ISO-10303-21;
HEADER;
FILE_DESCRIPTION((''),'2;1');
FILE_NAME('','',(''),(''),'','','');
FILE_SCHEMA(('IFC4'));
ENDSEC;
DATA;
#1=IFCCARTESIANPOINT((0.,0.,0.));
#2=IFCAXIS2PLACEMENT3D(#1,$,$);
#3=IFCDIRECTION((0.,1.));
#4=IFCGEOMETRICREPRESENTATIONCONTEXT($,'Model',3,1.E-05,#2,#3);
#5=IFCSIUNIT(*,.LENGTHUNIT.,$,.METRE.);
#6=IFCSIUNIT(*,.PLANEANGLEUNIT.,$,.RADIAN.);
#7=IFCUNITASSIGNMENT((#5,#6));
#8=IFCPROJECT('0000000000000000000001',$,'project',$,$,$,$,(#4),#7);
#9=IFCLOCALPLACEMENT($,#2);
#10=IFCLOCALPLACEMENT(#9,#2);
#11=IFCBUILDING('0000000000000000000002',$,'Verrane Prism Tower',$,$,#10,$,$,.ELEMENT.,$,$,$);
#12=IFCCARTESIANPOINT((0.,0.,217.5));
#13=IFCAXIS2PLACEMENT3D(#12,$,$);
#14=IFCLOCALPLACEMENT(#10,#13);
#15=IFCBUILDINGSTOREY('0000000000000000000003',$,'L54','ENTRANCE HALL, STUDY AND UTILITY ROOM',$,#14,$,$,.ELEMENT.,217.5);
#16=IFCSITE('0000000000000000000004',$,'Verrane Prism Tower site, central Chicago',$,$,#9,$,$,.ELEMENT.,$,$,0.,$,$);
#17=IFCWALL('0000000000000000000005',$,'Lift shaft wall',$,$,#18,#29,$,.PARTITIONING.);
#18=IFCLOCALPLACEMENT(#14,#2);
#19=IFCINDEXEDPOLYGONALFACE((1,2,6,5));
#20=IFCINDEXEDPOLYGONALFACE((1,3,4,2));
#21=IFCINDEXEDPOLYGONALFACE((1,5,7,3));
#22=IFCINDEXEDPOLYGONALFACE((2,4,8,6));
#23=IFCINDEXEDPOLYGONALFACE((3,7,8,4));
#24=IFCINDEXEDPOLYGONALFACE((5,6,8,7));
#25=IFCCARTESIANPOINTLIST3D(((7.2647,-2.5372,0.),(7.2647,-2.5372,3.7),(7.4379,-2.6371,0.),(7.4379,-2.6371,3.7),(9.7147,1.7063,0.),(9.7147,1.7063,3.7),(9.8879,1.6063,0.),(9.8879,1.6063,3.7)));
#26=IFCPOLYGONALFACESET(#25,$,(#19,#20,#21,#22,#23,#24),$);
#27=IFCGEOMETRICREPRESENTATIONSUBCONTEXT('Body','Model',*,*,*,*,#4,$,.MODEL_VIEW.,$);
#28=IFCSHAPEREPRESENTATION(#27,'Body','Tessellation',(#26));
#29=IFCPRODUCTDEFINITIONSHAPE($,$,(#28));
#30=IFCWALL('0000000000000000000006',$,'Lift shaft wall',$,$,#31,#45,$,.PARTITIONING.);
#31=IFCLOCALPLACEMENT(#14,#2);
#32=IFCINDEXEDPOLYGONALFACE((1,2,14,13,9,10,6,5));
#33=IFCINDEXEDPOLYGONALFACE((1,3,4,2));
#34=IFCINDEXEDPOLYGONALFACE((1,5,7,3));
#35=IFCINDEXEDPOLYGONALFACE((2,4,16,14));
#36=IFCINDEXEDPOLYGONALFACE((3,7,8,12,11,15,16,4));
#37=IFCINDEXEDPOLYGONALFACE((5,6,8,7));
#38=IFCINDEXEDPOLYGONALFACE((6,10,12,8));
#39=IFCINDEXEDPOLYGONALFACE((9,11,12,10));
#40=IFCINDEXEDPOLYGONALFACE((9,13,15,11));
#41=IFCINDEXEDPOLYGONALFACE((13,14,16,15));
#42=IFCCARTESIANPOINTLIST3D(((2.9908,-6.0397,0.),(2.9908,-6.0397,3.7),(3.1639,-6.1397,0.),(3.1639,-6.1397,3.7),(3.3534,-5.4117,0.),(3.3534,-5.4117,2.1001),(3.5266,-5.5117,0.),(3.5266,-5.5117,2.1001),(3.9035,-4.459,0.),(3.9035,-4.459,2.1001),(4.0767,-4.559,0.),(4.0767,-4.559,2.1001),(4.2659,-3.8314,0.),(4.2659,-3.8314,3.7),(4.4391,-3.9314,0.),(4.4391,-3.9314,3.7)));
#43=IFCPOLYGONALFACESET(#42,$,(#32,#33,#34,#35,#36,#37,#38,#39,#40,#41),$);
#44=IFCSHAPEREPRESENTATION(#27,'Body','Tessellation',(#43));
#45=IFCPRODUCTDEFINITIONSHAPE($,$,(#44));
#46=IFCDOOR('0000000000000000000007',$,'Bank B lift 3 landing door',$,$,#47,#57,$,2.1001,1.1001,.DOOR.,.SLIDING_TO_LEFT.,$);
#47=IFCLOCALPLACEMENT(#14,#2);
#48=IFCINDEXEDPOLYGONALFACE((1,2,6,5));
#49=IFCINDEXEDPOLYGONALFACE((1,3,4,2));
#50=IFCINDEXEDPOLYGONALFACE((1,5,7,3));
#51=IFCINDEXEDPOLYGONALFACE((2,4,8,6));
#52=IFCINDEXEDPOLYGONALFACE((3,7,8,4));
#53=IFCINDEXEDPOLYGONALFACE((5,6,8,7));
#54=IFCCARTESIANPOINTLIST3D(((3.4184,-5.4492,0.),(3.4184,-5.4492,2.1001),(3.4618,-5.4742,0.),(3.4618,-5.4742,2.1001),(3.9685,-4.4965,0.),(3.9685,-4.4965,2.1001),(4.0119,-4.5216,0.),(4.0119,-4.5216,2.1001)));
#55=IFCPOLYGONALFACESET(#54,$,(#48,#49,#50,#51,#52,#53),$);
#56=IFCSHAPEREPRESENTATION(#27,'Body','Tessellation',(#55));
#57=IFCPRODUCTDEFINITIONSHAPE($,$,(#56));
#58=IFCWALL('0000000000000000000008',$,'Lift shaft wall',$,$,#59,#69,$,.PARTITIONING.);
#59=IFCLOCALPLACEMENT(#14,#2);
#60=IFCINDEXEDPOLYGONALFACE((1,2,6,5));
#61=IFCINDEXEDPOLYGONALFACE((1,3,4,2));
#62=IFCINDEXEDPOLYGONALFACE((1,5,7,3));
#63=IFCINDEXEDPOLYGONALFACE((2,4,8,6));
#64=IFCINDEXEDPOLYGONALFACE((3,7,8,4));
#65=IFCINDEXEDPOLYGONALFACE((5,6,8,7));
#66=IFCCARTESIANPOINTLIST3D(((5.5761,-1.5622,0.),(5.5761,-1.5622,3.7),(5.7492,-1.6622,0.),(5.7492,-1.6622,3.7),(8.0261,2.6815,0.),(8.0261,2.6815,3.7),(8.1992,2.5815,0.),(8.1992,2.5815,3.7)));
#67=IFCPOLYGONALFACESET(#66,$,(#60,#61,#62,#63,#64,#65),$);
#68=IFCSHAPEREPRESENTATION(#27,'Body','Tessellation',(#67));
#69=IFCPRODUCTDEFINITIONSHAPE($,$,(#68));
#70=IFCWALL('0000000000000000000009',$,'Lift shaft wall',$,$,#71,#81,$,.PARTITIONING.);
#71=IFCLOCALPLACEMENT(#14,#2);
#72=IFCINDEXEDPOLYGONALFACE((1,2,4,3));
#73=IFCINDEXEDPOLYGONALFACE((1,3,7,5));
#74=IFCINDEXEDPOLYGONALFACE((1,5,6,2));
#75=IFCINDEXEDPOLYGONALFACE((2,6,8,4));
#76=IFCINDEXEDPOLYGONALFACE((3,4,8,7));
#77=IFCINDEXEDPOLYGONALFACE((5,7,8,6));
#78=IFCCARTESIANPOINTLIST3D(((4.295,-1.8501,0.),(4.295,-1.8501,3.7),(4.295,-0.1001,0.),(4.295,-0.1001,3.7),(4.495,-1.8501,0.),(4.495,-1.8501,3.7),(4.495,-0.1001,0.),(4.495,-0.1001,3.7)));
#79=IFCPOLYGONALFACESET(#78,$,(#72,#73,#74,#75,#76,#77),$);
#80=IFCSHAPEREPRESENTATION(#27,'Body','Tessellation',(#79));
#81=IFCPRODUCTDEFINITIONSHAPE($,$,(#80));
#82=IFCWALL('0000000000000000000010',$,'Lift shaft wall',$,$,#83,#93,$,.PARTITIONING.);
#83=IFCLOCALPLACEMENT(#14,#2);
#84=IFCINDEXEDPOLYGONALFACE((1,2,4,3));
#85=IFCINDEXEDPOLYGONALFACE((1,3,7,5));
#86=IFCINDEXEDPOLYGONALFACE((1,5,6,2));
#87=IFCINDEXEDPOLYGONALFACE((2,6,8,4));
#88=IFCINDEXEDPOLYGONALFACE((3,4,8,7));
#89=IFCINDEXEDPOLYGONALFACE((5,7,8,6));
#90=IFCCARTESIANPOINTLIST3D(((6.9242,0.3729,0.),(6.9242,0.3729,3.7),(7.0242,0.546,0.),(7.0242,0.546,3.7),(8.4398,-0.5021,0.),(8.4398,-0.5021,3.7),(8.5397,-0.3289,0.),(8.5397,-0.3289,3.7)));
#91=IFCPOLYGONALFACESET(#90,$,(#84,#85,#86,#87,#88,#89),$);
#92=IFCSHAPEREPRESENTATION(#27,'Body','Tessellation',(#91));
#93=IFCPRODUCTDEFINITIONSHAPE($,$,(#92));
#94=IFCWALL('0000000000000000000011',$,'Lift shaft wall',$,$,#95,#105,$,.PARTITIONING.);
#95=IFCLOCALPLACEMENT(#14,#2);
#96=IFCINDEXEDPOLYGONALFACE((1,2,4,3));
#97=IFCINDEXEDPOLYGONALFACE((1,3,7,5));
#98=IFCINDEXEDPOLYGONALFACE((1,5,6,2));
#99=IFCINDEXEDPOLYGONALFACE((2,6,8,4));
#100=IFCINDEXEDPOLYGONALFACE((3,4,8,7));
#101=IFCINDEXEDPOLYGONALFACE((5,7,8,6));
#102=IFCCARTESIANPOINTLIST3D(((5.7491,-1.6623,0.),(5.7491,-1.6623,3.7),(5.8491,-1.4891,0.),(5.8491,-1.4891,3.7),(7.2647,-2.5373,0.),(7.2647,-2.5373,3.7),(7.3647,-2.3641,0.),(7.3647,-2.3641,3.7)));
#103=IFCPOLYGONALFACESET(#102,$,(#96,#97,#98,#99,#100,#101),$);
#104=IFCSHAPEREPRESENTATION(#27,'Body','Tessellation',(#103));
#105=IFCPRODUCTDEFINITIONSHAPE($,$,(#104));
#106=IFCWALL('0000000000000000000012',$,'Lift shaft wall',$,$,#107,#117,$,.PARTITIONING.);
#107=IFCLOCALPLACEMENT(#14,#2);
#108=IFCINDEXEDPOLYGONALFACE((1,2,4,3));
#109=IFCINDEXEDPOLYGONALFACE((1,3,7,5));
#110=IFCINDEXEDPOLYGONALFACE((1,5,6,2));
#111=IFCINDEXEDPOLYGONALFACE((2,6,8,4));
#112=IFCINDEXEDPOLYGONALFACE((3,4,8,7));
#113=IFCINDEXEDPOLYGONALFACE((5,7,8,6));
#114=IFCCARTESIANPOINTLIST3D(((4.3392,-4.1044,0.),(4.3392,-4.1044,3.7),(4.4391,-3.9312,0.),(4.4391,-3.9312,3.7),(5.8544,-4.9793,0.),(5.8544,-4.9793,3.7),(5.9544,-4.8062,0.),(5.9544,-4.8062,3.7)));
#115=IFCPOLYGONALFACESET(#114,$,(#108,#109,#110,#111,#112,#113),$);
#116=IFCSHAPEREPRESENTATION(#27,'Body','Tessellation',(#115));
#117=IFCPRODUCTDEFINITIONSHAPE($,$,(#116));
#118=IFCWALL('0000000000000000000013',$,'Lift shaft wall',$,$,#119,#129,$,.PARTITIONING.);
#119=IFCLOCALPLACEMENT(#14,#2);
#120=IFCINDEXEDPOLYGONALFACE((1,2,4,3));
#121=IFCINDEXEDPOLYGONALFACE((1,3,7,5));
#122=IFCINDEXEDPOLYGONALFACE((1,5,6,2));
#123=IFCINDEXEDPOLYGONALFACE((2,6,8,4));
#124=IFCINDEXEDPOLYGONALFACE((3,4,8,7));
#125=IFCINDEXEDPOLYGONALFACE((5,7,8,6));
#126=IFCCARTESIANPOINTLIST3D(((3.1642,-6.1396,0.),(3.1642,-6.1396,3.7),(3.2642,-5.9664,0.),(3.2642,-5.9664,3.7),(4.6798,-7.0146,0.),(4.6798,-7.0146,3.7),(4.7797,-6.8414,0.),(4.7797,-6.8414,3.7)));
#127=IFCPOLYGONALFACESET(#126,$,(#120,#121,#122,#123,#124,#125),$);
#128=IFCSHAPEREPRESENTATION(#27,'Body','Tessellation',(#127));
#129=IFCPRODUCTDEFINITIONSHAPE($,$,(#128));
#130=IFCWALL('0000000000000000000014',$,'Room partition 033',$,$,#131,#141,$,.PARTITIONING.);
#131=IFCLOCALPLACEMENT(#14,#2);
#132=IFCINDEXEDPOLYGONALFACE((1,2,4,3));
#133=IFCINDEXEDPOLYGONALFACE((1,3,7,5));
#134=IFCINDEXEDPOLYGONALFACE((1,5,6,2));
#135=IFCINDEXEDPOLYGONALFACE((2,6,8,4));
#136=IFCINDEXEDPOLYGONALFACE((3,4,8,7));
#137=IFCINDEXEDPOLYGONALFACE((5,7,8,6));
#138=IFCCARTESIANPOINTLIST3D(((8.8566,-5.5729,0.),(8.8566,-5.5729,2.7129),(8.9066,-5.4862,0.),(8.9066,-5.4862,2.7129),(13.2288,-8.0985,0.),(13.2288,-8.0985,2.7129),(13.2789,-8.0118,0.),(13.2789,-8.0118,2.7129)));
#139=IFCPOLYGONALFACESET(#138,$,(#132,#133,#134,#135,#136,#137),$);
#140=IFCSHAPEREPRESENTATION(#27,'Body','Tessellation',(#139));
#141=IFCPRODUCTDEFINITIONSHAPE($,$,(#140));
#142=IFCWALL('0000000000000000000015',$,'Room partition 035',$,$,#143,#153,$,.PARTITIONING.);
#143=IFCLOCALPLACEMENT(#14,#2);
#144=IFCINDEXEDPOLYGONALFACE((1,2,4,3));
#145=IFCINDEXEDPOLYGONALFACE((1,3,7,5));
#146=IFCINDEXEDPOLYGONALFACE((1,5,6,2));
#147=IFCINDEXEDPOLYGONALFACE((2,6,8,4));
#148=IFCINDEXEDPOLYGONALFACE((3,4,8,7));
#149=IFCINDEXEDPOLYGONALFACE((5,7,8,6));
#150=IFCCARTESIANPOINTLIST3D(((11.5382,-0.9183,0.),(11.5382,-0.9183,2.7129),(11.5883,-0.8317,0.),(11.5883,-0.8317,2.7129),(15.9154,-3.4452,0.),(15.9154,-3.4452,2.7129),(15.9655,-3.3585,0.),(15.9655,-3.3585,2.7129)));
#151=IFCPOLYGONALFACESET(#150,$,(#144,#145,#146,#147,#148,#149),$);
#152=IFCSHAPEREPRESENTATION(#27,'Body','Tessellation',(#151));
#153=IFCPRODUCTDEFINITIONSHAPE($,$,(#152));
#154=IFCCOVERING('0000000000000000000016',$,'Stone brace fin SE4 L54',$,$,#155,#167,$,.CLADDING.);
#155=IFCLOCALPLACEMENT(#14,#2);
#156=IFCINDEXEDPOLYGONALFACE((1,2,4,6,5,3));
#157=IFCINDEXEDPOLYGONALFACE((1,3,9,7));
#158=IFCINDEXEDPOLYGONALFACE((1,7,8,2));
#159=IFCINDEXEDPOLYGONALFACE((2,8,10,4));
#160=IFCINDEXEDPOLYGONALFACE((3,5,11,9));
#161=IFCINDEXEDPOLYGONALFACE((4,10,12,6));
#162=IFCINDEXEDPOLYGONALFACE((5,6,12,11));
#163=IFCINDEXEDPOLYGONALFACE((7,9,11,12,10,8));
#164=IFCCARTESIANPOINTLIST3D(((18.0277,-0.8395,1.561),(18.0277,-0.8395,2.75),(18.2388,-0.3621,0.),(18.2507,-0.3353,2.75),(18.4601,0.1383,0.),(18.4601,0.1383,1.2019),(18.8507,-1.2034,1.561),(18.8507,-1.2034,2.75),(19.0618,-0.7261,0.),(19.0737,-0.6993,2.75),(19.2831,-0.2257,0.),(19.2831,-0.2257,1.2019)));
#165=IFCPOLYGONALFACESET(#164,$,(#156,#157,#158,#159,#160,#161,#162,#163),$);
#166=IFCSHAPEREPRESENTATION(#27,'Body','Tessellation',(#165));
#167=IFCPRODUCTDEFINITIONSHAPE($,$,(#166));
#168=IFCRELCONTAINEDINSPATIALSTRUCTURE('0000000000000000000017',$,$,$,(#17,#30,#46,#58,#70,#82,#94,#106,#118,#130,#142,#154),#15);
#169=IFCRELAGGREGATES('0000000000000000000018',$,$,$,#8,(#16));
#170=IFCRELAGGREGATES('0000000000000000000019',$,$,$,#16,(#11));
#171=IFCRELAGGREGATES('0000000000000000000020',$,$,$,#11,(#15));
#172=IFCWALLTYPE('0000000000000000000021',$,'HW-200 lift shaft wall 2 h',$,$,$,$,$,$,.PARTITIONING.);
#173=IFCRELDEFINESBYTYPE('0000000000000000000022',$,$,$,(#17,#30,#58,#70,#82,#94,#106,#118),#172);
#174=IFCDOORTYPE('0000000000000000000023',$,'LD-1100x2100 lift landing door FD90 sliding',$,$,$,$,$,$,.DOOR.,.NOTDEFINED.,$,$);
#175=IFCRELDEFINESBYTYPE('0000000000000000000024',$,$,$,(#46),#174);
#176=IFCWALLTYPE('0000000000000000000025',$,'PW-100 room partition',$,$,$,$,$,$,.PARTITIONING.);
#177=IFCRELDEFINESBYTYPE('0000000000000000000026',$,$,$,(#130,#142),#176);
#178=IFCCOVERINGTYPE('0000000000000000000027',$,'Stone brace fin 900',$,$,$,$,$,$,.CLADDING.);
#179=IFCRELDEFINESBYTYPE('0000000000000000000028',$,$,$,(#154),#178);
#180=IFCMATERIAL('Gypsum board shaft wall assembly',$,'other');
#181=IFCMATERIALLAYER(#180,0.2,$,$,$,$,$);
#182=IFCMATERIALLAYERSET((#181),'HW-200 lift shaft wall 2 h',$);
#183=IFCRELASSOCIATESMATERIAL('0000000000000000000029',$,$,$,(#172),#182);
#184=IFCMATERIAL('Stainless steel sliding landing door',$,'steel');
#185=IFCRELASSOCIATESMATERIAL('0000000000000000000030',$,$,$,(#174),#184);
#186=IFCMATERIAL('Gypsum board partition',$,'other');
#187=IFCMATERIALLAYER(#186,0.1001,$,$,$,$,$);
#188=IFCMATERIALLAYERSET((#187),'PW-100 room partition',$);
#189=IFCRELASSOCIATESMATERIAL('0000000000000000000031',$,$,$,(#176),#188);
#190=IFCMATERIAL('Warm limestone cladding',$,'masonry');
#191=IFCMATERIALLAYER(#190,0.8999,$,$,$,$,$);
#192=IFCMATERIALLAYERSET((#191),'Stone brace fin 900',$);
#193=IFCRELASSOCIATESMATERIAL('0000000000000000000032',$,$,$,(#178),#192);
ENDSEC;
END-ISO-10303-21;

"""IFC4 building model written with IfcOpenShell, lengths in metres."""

from ifc_helpers import new_model, si_unit, direction, frame, frame_2d, origin, place, context, subcontext, project, spatial, polyline, rectangle, outline, extrude, material, layer, layer_set, type_object, element, fill, save


model = new_model("IFC4")

# Units and contexts
model_context = context("Model", 3, precision=1e-05, world=origin(), true_north=direction((0.0, 1.0)))
body_context = subcontext(model_context, "Body", "Model", "MODEL_VIEW")
ifc_project = project(units=[si_unit("LENGTHUNIT", "METRE"), si_unit("PLANEANGLEUNIT", "RADIAN")], contexts=[model_context])

# Site, building, storey
site_placement = place(None, origin())
site = spatial("IfcSite", under=ifc_project, at=site_placement, Name="Verrane Prism Tower site, central Chicago", CompositionType="ELEMENT", RefElevation=0.0)
building_placement = place(site_placement, origin())
building = spatial("IfcBuilding", under=site, at=building_placement, Name="Verrane Prism Tower", CompositionType="ELEMENT")
storey_placement = place(building_placement, frame((0.0, 0.0, 217.5)))
storey = spatial("IfcBuildingStorey", under=building, at=storey_placement, Name="L54", Description="ENTRANCE HALL, STUDY AND UTILITY ROOM", CompositionType="ELEMENT", Elevation=217.5)

# Wall
ifc_material_1 = material(Name="Gypsum board shaft wall assembly", Category="other")
ifc_layer_1 = layer(ifc_material_1, 0.2)
ifc_layer_set_1 = layer_set([ifc_layer_1], Name="HW-200 lift shaft wall 2 h")
wall_type_1 = type_object("IfcWallType", Name="HW-200 lift shaft wall 2 h", PredefinedType="PARTITIONING", material=ifc_layer_set_1)
wall_1_placement = place(storey_placement, frame((7.3513, -2.5872, 0.0), z_axis=(0.0, 0.0, 1.0), x_axis=(0.500003, 0.866024, 0.0)))
element("IfcWall", 1, at=wall_1_placement, inside=storey, type_object=wall_type_1, Name="Lift shaft wall", PredefinedType="PARTITIONING", context=body_context, shape_type="SweptSolid", body=[
    extrude(rectangle(XDim=4.8999, YDim=0.2, at=frame_2d((2.45, 0.0))), origin(), (0.0, 0.0, 1.0), 3.7),
])

# Wall, opening, door
wall_2_placement = place(storey_placement, frame((3.0774, -6.0896, 0.0), z_axis=(0.0, 0.0, 1.0), x_axis=(0.500062, 0.865989, 0.0)))
wall_2 = element("IfcWall", 2, at=wall_2_placement, inside=storey, type_object=wall_type_1, Name="Lift shaft wall", PredefinedType="PARTITIONING", context=body_context, shape_type="SweptSolid", body=[
    extrude(rectangle(XDim=2.55, YDim=0.2, at=frame_2d((1.2749, 0.0))), origin(), (0.0, 0.0, 1.0), 3.7),
])
opening_placement = place(wall_2_placement, frame((0.7251, 0.0, 0.0)))
opening = element("IfcOpeningElement", 3, at=opening_placement, cuts=wall_2, PredefinedType="OPENING", context=body_context, shape_type="SweptSolid", body=[
    extrude(rectangle(XDim=1.1001, YDim=2.1001, at=frame_2d((0.55, 1.05))), frame((0.0, 0.1099, 0.0), z_axis=(0.0, -1.0, 0.0), x_axis=(1.0, 0.0, 0.0)), (0.0, 0.0, 1.0), 0.22),
])
ifc_material_2 = material(Name="Stainless steel sliding landing door", Category="steel")
door_type = type_object("IfcDoorType", Name="LD-1100x2100 lift landing door FD90 sliding", OperationType="NOTDEFINED", PredefinedType="DOOR", material=ifc_material_2)
door_placement = place(opening_placement, origin())
door = element("IfcDoor", 4, at=door_placement, inside=storey, type_object=door_type, Name="Bank B lift 3 landing door", OperationType="SLIDING_TO_LEFT", OverallHeight=2.1001, OverallWidth=1.1001, PredefinedType="DOOR", context=body_context, shape_type="SweptSolid", body=[
    extrude(rectangle(XDim=1.1001, YDim=2.1001, at=frame_2d((0.55, 1.05))), frame((0.0, 0.0249, 0.0), z_axis=(0.0, -1.0, 0.0), x_axis=(1.0, 0.0, 0.0)), (0.0, 0.0, 1.0), 0.05),
])
fill(opening, door)

# Walls
wall_3_placement = place(storey_placement, frame((5.6626, -1.6123, 0.0), z_axis=(0.0, 0.0, 1.0), x_axis=(0.499981, 0.866036, 0.0)))
element("IfcWall", 5, at=wall_3_placement, inside=storey, type_object=wall_type_1, Name="Lift shaft wall", PredefinedType="PARTITIONING", context=body_context, shape_type="SweptSolid", body=[
    extrude(rectangle(XDim=4.9001, YDim=0.2, at=frame_2d((2.4502, 0.0))), origin(), (0.0, 0.0, 1.0), 3.7),
])
for number, where, z_axis, x_axis, name in (
    (6, (4.395, -1.8501, 0.0), (0.0, 0.0, 1.0), (0.0, 1.0, 0.0), "Lift shaft wall"),
    (7, (8.4897, -0.4155, 0.0), (0.0, 0.0, 1.0), (-0.866037, 0.49998, 0.0), "Lift shaft wall"),
    (8, (7.3147, -2.4507, 0.0), (0.0, 0.0, 1.0), (-0.866037, 0.49998, 0.0), "Lift shaft wall"),
):
    element("IfcWall", number, at=place(storey_placement, frame(where, z_axis=z_axis, x_axis=x_axis)), inside=storey, type_object=wall_type_1, Name=name, PredefinedType="PARTITIONING", context=body_context, shape_type="SweptSolid", body=[
        extrude(rectangle(XDim=1.75, YDim=0.2, at=frame_2d((0.875, 0.0))), origin(), (0.0, 0.0, 1.0), 3.7),
    ])
wall_4_placement = place(storey_placement, frame((5.9045, -4.8928, 0.0), z_axis=(0.0, 0.0, 1.0), x_axis=(-0.866002, 0.50004, 0.0)))
element("IfcWall", 9, at=wall_4_placement, inside=storey, type_object=wall_type_1, Name="Lift shaft wall", PredefinedType="PARTITIONING", context=body_context, shape_type="SweptSolid", body=[
    extrude(rectangle(XDim=1.7498, YDim=0.2, at=frame_2d((0.875, 0.0))), origin(), (0.0, 0.0, 1.0), 3.7),
])
wall_5_placement = place(storey_placement, frame((4.7297, -6.928, 0.0), z_axis=(0.0, 0.0, 1.0), x_axis=(-0.866037, 0.49998, 0.0)))
element("IfcWall", 10, at=wall_5_placement, inside=storey, type_object=wall_type_1, Name="Lift shaft wall", PredefinedType="PARTITIONING", context=body_context, shape_type="SweptSolid", body=[
    extrude(rectangle(XDim=1.75, YDim=0.2, at=frame_2d((0.875, 0.0))), origin(), (0.0, 0.0, 1.0), 3.7),
])
ifc_material_3 = material(Name="Gypsum board partition", Category="other")
ifc_layer_2 = layer(ifc_material_3, 0.1001)
ifc_layer_set_2 = layer_set([ifc_layer_2], Name="PW-100 room partition")
wall_type_2 = type_object("IfcWallType", Name="PW-100 room partition", PredefinedType="PARTITIONING", material=ifc_layer_set_2)
wall_6_placement = place(storey_placement, frame((8.8816, -5.5295, 0.0), z_axis=(0.0, 0.0, 1.0), x_axis=(0.865916, -0.50019, 0.0)))
element("IfcWall", 11, at=wall_6_placement, inside=storey, type_object=wall_type_2, Name="Room partition 033", PredefinedType="PARTITIONING", context=body_context, shape_type="SweptSolid", body=[
    extrude(rectangle(XDim=5.0493, YDim=0.1001, at=frame_2d((2.5247, 0.0))), origin(), (0.0, 0.0, 1.0), 2.7129),
])
wall_7_placement = place(storey_placement, frame((11.5632, -0.875, 0.0), z_axis=(0.0, 0.0, 1.0), x_axis=(0.866053, -0.499952, 0.0)))
element("IfcWall", 12, at=wall_7_placement, inside=storey, type_object=wall_type_2, Name="Room partition 035", PredefinedType="PARTITIONING", context=body_context, shape_type="SweptSolid", body=[
    extrude(rectangle(XDim=5.0542, YDim=0.1001, at=frame_2d((2.5271, 0.0))), origin(), (0.0, 0.0, 1.0), 2.7129),
])

# Covering
ifc_material_4 = material(Name="Warm limestone cladding", Category="masonry")
ifc_layer_3 = layer(ifc_material_4, 0.8999)
ifc_layer_set_3 = layer_set([ifc_layer_3], Name="Stone brace fin 900")
covering_type = type_object("IfcCoveringType", Name="Stone brace fin 900", PredefinedType="CLADDING", material=ifc_layer_set_3)
covering_placement = place(storey_placement, frame((18.8716, -0.0437, 0.0), z_axis=(0.0, 0.0, 1.0), x_axis=(-0.404422, -0.914573, 0.0)))
element("IfcCovering", 13, at=covering_placement, inside=storey, type_object=covering_type, Name="Stone brace fin SE4 L54", PredefinedType="CLADDING", context=body_context, shape_type="SweptSolid", body=[
    extrude(outline(polyline([(1.0691, 2.75), (0.5178, 2.75), (0.0, 1.2019), (0.0, 0.0), (0.5471, 0.0), (1.0691, 1.561), (1.0691, 2.75)])), frame((0.0, 0.45, 0.0), z_axis=(0.0, -1.0, 0.0), x_axis=(1.0, 0.0, 0.0)), (0.0, 0.0, 1.0), 0.8999),
])

save(model, "model.ifc")
